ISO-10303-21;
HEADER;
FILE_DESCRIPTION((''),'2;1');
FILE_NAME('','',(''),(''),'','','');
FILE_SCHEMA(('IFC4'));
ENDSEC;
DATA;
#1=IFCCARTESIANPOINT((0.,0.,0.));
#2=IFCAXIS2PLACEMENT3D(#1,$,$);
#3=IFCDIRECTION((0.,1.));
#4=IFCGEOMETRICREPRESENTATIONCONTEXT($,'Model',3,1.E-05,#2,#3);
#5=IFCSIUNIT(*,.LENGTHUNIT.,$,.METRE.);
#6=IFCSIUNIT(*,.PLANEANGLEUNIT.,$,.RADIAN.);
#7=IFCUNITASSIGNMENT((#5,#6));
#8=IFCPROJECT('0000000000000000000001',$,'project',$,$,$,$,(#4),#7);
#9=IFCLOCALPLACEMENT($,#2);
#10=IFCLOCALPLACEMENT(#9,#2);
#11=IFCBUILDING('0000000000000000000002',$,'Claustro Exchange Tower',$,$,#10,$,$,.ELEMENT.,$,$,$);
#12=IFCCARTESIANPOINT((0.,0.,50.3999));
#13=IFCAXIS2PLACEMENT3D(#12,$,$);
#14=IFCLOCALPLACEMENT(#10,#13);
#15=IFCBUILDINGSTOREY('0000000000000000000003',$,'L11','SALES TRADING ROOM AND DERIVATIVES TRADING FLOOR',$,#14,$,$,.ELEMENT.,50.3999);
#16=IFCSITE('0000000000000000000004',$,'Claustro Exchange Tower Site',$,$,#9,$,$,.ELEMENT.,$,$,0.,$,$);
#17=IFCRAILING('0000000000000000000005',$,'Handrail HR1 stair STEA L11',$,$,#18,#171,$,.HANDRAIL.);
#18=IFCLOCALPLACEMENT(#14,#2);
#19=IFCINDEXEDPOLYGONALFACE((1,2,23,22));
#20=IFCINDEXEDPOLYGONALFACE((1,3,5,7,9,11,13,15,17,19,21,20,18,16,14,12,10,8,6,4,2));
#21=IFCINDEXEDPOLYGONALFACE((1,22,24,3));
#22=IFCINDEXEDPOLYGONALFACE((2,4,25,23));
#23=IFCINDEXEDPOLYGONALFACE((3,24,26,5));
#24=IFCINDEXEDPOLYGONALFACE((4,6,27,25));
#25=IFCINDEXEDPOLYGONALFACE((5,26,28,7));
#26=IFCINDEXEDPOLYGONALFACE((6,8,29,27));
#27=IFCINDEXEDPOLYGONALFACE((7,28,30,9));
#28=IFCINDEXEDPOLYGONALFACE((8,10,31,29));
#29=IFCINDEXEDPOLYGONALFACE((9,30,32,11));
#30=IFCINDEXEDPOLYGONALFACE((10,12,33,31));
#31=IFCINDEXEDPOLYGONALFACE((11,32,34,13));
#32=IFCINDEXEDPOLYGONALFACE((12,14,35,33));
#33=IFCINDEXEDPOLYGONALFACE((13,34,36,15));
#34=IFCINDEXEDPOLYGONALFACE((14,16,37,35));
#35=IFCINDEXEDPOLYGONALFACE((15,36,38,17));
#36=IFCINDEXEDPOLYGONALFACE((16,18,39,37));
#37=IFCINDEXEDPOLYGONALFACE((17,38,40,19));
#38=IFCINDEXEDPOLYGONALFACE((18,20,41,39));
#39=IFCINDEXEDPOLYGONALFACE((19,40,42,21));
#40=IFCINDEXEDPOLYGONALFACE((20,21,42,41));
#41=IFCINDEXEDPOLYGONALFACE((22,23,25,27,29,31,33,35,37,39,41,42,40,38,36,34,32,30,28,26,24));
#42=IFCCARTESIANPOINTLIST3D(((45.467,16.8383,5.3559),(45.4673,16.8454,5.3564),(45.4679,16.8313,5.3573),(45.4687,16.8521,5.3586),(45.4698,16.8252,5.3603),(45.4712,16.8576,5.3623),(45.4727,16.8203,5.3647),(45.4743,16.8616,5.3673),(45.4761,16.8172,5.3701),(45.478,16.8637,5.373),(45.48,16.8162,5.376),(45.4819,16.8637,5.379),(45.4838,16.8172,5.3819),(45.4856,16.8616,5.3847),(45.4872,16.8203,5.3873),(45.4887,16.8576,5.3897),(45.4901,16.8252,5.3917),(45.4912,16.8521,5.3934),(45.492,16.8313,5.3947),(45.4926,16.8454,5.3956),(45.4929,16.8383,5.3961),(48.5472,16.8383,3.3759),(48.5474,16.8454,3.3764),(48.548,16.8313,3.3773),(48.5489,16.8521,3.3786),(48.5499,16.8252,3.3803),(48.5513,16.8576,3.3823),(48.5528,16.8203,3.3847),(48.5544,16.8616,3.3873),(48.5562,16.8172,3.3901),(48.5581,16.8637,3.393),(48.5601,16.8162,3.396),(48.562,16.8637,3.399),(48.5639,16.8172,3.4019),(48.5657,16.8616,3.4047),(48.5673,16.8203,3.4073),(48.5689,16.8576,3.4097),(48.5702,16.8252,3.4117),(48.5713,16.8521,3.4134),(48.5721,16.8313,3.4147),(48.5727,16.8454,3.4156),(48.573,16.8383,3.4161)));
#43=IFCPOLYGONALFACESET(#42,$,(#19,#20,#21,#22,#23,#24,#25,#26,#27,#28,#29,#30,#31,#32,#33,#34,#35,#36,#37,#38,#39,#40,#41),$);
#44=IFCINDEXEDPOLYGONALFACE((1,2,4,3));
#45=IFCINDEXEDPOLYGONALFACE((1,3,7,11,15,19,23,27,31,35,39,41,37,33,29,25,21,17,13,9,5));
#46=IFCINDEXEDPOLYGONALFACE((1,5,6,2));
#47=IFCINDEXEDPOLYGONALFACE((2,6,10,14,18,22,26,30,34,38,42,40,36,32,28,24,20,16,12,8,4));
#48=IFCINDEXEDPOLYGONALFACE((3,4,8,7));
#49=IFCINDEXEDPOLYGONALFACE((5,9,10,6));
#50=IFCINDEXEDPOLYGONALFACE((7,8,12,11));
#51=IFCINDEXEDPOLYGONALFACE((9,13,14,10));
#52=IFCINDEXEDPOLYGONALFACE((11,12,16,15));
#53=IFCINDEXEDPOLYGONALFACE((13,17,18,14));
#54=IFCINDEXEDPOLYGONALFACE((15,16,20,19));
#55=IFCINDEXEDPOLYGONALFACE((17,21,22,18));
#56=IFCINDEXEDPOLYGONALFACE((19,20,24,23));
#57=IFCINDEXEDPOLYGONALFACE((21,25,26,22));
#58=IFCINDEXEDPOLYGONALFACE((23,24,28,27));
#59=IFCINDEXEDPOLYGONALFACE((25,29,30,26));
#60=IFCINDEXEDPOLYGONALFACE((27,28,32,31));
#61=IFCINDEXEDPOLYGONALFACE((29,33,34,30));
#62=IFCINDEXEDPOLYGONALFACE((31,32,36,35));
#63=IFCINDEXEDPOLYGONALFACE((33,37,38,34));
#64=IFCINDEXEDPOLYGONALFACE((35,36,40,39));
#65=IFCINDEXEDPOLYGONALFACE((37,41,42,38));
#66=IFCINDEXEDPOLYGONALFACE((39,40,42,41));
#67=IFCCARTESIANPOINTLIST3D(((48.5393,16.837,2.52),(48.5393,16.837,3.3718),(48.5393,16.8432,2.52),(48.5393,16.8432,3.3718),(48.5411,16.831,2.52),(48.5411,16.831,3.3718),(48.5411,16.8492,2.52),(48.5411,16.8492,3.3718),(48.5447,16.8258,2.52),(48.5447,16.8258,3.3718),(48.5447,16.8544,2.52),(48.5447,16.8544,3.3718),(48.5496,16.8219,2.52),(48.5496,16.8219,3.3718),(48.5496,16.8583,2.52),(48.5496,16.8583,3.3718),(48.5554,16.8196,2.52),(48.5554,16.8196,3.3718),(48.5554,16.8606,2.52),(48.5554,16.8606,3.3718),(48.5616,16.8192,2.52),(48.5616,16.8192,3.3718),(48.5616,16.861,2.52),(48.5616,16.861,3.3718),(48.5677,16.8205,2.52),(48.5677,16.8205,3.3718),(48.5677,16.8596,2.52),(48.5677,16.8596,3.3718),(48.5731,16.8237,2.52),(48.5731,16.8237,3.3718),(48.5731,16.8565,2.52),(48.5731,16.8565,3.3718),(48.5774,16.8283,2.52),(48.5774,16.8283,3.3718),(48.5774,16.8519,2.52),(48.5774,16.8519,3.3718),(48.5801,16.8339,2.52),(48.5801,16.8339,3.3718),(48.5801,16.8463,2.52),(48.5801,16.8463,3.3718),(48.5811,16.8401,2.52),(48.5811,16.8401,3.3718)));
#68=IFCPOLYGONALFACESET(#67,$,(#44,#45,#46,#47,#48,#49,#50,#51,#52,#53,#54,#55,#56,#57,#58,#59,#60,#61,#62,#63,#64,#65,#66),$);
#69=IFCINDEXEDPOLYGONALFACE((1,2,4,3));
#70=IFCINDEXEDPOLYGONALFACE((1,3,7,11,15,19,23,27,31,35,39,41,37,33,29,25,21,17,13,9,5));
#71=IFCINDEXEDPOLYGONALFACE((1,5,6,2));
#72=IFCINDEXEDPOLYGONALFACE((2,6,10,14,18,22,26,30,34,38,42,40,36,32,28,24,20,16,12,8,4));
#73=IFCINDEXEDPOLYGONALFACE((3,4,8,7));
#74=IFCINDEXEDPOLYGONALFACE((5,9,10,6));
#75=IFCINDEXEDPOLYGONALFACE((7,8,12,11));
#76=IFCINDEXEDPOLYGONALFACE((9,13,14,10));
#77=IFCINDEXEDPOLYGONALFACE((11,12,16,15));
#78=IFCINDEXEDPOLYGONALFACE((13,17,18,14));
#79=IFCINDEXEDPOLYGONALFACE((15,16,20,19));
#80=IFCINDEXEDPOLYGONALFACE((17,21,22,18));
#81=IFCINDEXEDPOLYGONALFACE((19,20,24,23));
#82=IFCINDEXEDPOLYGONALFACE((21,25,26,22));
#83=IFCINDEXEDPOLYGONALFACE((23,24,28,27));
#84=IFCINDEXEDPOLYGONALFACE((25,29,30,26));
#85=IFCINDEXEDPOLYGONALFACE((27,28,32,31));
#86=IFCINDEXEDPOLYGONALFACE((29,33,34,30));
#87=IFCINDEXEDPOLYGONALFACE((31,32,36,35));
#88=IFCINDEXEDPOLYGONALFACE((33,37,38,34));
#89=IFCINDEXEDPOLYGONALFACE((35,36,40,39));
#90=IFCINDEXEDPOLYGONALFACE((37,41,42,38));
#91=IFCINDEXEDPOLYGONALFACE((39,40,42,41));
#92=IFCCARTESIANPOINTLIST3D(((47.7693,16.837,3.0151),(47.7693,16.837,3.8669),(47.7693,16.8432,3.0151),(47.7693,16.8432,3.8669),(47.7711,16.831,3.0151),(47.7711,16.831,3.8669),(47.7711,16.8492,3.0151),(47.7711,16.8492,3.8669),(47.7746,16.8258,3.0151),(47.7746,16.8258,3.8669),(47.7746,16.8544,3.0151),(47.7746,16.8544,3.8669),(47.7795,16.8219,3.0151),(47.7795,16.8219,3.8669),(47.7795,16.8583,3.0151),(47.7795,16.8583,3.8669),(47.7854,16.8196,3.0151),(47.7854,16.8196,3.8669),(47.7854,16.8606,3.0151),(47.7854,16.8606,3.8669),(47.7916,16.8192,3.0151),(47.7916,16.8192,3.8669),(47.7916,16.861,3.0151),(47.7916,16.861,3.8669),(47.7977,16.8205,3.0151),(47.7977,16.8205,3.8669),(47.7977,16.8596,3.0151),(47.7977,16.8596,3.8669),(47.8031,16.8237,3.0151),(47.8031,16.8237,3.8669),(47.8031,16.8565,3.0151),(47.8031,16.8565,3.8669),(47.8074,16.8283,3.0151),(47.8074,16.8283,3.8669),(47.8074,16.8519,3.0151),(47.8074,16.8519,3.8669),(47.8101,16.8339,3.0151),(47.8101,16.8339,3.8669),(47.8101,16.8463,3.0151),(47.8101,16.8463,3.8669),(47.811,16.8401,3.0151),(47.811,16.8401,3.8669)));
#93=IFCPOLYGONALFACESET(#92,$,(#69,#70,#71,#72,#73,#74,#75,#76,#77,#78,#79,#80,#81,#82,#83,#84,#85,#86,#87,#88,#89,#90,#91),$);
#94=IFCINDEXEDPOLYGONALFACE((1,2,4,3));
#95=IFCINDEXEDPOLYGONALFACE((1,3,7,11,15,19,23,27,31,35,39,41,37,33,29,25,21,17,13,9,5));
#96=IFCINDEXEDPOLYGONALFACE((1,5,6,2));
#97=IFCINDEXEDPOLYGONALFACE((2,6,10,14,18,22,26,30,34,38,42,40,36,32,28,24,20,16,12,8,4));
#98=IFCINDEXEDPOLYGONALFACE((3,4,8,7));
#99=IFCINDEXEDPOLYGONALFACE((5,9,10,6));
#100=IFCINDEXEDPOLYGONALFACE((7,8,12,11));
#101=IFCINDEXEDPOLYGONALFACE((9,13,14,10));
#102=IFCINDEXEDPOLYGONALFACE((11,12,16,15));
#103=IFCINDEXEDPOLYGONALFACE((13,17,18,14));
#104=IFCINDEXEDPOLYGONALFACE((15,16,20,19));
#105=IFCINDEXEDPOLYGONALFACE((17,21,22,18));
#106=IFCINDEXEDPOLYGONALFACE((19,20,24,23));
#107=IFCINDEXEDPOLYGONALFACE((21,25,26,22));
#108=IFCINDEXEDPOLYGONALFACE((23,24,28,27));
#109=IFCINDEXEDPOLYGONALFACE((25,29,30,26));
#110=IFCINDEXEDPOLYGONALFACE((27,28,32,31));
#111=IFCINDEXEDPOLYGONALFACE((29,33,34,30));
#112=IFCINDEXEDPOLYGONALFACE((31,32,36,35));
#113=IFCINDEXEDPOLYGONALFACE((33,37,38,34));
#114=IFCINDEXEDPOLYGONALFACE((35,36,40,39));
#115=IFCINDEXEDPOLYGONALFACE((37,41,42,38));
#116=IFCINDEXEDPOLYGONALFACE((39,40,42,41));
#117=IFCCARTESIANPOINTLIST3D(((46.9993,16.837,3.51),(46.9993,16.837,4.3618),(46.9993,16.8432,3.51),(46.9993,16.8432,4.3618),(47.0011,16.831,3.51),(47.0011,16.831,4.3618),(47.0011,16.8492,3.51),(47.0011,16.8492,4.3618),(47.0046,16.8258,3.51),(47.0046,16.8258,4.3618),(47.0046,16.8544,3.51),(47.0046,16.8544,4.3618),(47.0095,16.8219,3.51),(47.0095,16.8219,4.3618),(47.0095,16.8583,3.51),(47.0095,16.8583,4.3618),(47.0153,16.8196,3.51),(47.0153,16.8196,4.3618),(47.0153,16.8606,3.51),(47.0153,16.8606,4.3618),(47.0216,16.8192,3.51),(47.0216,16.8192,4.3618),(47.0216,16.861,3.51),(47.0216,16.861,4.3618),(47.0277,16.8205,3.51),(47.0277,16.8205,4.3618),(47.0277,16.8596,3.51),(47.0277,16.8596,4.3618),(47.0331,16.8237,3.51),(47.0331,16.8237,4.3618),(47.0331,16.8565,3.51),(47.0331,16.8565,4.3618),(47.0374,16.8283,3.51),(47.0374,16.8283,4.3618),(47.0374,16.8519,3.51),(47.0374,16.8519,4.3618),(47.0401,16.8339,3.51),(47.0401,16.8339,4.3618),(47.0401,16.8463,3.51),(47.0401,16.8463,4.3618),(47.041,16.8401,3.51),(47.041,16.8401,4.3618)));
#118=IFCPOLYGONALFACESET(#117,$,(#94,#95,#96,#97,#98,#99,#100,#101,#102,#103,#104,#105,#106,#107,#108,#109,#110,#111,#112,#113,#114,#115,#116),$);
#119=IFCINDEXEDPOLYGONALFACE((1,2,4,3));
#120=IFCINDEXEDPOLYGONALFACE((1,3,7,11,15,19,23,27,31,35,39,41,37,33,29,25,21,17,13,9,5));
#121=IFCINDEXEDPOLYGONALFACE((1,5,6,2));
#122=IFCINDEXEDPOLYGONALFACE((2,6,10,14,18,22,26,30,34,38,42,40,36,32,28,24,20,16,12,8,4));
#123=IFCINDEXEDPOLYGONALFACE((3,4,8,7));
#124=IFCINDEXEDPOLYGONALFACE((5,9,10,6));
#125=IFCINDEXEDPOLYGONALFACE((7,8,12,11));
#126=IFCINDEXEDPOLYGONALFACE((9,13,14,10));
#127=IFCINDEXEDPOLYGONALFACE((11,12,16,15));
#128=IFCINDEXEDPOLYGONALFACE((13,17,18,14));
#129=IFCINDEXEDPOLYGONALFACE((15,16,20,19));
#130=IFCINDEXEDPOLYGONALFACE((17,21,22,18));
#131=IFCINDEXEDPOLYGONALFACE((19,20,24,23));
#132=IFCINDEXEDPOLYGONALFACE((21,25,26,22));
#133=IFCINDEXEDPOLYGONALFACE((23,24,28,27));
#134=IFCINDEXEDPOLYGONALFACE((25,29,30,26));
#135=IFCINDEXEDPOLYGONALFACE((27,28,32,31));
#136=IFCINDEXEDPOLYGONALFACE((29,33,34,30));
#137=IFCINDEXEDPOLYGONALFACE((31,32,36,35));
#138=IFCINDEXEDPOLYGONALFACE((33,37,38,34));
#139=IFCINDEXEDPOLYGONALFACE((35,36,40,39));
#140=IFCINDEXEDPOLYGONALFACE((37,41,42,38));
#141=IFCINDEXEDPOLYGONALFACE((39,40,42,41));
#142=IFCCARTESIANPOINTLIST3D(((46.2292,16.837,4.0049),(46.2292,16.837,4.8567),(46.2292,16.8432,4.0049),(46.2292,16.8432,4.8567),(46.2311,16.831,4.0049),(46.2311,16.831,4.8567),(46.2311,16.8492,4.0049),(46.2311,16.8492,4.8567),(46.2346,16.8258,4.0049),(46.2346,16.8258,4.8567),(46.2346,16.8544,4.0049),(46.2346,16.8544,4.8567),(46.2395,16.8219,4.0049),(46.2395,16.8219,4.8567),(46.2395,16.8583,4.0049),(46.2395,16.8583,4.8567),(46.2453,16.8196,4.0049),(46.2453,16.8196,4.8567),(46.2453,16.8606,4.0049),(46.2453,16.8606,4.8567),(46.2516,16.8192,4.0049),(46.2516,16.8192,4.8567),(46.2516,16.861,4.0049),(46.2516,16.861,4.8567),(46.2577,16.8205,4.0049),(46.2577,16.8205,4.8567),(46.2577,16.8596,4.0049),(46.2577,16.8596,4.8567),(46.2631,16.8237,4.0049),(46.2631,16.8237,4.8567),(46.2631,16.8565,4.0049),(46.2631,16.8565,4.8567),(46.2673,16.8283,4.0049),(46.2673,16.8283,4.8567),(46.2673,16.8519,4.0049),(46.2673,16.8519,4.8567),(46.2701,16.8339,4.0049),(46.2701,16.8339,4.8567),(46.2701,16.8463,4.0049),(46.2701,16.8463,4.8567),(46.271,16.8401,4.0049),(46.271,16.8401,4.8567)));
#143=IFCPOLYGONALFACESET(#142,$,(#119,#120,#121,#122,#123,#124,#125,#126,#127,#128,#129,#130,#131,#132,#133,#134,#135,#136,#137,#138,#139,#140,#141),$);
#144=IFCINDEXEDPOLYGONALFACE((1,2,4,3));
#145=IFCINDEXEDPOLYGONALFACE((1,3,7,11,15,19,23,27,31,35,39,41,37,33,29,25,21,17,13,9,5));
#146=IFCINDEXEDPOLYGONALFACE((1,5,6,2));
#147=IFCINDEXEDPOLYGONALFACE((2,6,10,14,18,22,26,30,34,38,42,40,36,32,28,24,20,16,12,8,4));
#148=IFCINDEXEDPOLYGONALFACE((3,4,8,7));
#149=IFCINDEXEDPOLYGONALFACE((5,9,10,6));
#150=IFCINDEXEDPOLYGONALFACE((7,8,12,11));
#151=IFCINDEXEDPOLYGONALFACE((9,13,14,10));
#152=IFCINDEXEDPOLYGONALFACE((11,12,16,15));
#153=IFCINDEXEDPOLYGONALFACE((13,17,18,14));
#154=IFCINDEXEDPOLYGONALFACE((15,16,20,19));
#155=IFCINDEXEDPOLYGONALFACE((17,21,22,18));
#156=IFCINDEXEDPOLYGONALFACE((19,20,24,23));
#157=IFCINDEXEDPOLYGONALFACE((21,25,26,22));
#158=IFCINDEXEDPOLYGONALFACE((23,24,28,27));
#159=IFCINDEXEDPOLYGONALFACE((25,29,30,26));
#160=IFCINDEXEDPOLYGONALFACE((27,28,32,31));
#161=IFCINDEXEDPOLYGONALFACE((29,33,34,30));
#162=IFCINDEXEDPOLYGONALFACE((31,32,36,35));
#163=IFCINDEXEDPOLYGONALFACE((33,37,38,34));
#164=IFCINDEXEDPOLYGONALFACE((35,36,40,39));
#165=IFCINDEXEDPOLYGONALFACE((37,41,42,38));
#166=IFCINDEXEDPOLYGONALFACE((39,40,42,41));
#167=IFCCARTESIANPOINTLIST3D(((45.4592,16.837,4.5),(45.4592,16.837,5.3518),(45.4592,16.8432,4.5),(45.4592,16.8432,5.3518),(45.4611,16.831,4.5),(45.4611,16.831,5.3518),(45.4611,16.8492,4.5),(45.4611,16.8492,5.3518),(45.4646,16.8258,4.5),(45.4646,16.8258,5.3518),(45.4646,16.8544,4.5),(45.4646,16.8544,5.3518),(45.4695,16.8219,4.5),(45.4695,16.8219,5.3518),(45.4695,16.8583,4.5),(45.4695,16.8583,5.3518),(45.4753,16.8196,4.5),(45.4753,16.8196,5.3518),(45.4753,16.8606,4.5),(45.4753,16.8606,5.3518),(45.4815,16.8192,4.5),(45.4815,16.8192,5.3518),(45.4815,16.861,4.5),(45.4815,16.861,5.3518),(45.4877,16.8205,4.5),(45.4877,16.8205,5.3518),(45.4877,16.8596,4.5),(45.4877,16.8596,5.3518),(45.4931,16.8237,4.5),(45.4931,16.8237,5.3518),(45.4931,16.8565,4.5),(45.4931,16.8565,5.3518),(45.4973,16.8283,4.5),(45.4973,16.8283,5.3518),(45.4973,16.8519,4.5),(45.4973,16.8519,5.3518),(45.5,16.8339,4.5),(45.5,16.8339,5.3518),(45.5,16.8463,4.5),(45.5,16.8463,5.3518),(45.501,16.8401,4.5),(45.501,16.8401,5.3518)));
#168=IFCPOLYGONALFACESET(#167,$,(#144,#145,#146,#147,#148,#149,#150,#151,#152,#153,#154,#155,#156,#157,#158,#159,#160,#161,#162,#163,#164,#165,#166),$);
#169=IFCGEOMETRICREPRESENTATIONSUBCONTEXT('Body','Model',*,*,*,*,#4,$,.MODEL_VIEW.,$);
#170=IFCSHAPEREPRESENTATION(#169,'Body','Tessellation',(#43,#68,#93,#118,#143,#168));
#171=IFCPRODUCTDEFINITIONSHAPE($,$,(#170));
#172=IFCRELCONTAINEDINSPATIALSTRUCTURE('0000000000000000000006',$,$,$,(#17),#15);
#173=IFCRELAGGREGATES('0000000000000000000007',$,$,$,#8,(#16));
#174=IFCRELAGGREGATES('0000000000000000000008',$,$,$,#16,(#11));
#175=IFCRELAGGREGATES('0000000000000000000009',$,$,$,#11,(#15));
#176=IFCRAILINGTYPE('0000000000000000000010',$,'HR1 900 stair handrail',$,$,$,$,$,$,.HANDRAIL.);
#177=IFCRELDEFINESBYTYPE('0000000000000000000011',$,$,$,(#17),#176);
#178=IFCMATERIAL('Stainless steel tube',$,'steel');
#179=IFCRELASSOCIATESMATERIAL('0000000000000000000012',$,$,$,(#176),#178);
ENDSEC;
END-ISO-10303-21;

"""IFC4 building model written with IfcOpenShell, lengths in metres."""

from ifc_helpers import new_model, si_unit, direction, frame, origin, origin_2d, place, context, subcontext, project, spatial, circle, extrude, material, type_object, element, save


model = new_model("IFC4")

# Units and contexts
model_context = context("Model", 3, precision=1e-05, world=origin(), true_north=direction((0.0, 1.0)))
body_context = subcontext(model_context, "Body", "Model", "MODEL_VIEW")
ifc_project = project(units=[si_unit("LENGTHUNIT", "METRE"), si_unit("PLANEANGLEUNIT", "RADIAN")], contexts=[model_context])

# Site, building, storey
site_placement = place(None, origin())
site = spatial("IfcSite", under=ifc_project, at=site_placement, Name="Claustro Exchange Tower Site", CompositionType="ELEMENT", RefElevation=0.0)
building_placement = place(site_placement, origin())
building = spatial("IfcBuilding", under=site, at=building_placement, Name="Claustro Exchange Tower", CompositionType="ELEMENT")
storey_placement = place(building_placement, frame((0.0, 0.0, 50.3999)))
storey = spatial("IfcBuildingStorey", under=building, at=storey_placement, Name="L11", Description="SALES TRADING ROOM AND DERIVATIVES TRADING FLOOR", CompositionType="ELEMENT", Elevation=50.3999)

# Railing
ifc_material_1 = material(Name="Stainless steel tube", Category="steel")
railing_type_1 = type_object("IfcRailingType", Name="HR1 900 stair handrail", PredefinedType="HANDRAIL", material=ifc_material_1)
railing_1_placement = place(storey_placement, frame((48.5601, 16.8401, 2.52)))
element("IfcRailing", 1, at=railing_1_placement, inside=storey, type_object=railing_type_1, Name="Handrail HR1 stair STEA L11", PredefinedType="HANDRAIL", context=body_context, shape_type="SweptSolid", body=[
    extrude(circle(Radius=0.0239, at=origin_2d()), frame((0.0, 0.0, 0.876), z_axis=(-0.841187, 0.0, 0.540744), x_axis=(0.0, -1.0, 0.0)), (0.0, 0.0, 1.0), 3.6616),
    extrude(circle(Radius=0.021, at=origin_2d()), origin(), (0.0, 0.0, 1.0), 0.8518),
    extrude(circle(Radius=0.021, at=origin_2d()), frame((-0.77, 0.0, 0.4951)), (0.0, 0.0, 1.0), 0.8518),
    extrude(circle(Radius=0.021, at=origin_2d()), frame((-1.54, 0.0, 0.99)), (0.0, 0.0, 1.0), 0.8518),
    extrude(circle(Radius=0.021, at=origin_2d()), frame((-2.3101, 0.0, 1.4849)), (0.0, 0.0, 1.0), 0.8518),
    extrude(circle(Radius=0.021, at=origin_2d()), frame((-3.0801, 0.0, 1.98)), (0.0, 0.0, 1.0), 0.8518),
])

save(model, "model.ifc")
